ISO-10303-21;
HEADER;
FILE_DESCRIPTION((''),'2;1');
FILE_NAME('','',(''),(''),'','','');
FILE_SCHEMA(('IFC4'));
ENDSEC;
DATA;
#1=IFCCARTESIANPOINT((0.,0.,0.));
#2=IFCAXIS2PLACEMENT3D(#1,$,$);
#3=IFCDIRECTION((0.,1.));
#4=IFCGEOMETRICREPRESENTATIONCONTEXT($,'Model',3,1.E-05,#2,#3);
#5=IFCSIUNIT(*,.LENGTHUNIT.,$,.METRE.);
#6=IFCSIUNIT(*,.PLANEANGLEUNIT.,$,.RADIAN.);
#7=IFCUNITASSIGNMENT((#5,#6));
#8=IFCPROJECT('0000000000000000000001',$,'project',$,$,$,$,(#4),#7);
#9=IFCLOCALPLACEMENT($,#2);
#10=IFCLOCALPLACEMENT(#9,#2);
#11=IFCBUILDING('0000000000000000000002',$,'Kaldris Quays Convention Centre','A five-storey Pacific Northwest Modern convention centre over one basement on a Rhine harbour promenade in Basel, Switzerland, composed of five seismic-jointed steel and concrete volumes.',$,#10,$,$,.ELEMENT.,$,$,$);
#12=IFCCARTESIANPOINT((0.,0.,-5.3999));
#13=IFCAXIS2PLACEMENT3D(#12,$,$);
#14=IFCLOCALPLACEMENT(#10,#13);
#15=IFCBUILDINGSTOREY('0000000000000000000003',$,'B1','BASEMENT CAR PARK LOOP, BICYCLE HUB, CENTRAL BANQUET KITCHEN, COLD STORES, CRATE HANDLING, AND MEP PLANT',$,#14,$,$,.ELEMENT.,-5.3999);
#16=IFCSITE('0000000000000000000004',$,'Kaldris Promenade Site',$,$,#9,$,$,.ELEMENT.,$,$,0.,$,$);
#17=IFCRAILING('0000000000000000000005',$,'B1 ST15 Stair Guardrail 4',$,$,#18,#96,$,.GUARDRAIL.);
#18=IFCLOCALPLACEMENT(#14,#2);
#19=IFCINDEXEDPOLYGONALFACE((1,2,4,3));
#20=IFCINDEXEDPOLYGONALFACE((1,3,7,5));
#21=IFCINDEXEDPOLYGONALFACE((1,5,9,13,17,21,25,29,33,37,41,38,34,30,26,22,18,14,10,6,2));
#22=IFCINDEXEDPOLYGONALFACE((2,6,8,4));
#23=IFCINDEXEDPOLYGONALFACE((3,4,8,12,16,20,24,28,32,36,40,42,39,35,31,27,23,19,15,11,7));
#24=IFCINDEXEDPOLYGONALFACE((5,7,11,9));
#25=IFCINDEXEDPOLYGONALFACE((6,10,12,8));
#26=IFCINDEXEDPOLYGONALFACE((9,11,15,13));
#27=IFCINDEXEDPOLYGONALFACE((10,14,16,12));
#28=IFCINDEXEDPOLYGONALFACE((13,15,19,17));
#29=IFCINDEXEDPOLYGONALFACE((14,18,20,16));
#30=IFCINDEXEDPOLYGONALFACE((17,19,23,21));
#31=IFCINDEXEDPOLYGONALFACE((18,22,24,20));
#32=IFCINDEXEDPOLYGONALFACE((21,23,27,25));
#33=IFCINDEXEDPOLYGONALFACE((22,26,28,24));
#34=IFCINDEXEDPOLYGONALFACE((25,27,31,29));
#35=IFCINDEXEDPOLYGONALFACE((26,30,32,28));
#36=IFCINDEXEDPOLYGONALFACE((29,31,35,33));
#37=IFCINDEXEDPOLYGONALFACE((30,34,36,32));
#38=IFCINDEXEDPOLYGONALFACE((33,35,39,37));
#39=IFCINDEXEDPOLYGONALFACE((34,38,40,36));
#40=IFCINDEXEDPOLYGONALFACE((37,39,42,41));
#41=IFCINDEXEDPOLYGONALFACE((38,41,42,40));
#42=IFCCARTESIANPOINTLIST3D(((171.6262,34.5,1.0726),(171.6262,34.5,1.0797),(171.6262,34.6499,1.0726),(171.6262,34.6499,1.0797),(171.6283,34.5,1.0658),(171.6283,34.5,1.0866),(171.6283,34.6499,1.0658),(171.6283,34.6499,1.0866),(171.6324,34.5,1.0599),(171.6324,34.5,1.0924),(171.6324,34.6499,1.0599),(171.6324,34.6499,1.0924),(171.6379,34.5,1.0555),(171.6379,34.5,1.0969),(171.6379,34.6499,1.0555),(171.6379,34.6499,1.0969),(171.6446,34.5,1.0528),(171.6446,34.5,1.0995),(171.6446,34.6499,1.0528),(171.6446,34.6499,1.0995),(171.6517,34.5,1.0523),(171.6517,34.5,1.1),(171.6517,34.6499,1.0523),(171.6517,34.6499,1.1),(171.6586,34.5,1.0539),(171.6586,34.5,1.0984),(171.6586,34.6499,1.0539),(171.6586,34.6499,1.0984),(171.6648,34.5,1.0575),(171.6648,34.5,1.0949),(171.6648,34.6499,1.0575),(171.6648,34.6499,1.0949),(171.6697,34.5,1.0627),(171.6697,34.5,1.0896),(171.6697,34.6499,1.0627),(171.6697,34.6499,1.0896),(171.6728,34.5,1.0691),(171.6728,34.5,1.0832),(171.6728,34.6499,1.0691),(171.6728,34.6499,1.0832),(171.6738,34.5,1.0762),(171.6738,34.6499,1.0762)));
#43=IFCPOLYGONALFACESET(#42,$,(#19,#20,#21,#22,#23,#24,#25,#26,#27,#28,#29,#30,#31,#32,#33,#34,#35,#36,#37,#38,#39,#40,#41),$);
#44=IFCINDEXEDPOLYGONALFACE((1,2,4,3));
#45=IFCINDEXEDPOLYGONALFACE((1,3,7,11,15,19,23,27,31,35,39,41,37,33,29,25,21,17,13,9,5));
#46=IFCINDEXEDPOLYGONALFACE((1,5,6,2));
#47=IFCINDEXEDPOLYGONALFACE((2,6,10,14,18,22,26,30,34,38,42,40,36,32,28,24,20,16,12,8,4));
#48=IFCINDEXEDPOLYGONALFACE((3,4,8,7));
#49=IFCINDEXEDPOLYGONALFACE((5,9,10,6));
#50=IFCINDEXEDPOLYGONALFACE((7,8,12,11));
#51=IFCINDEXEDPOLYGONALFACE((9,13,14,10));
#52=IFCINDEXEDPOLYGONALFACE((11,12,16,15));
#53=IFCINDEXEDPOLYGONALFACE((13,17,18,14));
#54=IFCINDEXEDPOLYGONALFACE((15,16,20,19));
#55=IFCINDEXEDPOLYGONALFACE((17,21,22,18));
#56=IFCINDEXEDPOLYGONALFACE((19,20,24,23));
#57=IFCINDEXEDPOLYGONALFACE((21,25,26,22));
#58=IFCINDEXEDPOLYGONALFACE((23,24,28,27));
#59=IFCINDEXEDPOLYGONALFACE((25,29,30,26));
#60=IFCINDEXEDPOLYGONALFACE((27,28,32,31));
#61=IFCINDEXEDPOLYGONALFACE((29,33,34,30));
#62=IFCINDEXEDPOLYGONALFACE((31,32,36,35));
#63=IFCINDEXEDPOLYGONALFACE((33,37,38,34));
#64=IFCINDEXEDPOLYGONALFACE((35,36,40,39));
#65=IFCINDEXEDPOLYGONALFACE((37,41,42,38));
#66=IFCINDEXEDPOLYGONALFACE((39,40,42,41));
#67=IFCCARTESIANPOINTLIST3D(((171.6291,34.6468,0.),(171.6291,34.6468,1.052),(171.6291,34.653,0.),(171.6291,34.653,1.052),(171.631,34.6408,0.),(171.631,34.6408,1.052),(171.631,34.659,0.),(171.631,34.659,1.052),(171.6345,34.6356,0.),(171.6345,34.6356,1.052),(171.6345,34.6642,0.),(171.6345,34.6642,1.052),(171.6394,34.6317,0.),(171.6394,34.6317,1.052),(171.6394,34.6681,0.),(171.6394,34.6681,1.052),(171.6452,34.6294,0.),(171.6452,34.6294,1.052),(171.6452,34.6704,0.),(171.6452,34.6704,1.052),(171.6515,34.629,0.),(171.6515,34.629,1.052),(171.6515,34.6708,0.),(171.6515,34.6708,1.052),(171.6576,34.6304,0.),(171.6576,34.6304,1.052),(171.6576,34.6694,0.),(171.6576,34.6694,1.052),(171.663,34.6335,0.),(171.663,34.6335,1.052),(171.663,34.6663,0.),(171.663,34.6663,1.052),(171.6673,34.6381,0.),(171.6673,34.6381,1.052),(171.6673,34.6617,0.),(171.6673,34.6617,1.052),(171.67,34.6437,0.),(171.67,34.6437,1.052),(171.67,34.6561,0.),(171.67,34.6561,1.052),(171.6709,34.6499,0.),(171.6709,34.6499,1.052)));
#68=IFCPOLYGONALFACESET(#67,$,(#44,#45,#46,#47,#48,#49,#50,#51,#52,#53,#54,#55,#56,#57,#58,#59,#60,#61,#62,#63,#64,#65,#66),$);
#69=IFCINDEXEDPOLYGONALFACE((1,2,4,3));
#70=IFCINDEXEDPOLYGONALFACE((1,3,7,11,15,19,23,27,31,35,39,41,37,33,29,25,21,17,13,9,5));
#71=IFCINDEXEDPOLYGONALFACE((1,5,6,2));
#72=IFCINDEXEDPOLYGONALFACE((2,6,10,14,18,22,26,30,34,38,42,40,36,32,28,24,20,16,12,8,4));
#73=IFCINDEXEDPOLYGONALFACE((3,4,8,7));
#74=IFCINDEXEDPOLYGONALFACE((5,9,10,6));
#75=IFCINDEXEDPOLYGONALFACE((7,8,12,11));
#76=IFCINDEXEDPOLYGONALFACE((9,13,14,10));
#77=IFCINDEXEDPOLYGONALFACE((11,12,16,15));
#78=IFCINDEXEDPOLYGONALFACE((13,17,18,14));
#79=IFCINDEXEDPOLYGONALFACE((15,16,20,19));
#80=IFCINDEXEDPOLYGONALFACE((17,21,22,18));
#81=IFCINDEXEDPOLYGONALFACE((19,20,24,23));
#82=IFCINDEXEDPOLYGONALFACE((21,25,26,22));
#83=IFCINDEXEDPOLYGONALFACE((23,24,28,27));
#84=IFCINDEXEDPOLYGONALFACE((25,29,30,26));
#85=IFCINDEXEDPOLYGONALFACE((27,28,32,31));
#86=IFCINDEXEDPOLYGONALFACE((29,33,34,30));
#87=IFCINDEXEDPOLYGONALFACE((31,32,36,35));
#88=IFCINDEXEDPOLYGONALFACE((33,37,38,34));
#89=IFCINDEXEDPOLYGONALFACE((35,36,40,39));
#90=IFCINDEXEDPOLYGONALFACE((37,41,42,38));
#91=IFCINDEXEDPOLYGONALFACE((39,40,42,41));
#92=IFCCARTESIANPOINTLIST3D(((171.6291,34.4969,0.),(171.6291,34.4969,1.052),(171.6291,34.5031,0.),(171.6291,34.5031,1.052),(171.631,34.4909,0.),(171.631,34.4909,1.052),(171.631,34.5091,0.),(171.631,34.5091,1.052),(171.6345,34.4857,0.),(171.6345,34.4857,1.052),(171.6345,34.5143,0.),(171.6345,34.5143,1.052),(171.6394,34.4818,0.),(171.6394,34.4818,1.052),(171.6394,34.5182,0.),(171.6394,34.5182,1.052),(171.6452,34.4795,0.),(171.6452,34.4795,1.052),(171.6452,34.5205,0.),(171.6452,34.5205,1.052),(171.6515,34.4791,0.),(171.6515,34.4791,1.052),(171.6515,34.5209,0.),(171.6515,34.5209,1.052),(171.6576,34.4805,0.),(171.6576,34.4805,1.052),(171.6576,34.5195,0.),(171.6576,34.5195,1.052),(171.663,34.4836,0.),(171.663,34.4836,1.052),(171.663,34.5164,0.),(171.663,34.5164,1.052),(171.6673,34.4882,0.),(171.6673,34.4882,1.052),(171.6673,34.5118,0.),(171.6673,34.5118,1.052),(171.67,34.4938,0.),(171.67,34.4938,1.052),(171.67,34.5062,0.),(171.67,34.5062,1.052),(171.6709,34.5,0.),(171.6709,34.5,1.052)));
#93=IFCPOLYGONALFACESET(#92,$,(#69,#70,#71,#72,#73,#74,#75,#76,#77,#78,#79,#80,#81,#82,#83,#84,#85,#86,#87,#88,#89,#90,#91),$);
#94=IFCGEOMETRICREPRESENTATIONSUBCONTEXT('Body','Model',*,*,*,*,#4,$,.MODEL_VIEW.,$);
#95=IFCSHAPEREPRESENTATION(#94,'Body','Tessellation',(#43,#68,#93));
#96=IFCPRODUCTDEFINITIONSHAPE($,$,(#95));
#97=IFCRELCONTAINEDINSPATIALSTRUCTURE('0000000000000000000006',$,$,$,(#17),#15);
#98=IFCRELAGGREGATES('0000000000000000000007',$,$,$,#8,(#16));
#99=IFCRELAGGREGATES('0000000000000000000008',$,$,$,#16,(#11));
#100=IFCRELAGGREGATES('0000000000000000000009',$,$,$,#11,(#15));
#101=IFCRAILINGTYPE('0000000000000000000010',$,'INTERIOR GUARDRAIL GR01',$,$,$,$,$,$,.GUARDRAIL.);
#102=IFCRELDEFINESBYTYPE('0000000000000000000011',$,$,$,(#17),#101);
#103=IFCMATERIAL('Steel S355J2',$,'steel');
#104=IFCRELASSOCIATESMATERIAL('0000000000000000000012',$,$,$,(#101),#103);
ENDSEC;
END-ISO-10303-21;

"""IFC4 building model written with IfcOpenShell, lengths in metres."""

from ifc_helpers import new_model, si_unit, direction, frame, origin, origin_2d, place, context, subcontext, project, spatial, circle, extrude, material, type_object, element, save


model = new_model("IFC4")

# Units and contexts
model_context = context("Model", 3, precision=1e-05, world=origin(), true_north=direction((0.0, 1.0)))
body_context = subcontext(model_context, "Body", "Model", "MODEL_VIEW")
ifc_project = project(units=[si_unit("LENGTHUNIT", "METRE"), si_unit("PLANEANGLEUNIT", "RADIAN")], contexts=[model_context])

# Site, building, storey
site_placement = place(None, origin())
site = spatial("IfcSite", under=ifc_project, at=site_placement, Name="Kaldris Promenade Site", CompositionType="ELEMENT", RefElevation=0.0)
building_placement = place(site_placement, origin())
building = spatial("IfcBuilding", under=site, at=building_placement, Name="Kaldris Quays Convention Centre", Description="A five-storey Pacific Northwest Modern convention centre over one basement on a Rhine harbour promenade in Basel, Switzerland, composed of five seismic-jointed steel and concrete volumes.", CompositionType="ELEMENT")
storey_placement = place(building_placement, frame((0.0, 0.0, -5.3999)))
storey = spatial("IfcBuildingStorey", under=building, at=storey_placement, Name="B1", Description="BASEMENT CAR PARK LOOP, BICYCLE HUB, CENTRAL BANQUET KITCHEN, COLD STORES, CRATE HANDLING, AND MEP PLANT", CompositionType="ELEMENT", Elevation=-5.3999)

# Shared definitions
ifc_material_1 = material(Name="Steel S355J2", Category="steel")

# Railing
railing_type_1 = type_object("IfcRailingType", Name="INTERIOR GUARDRAIL GR01", PredefinedType="GUARDRAIL", material=ifc_material_1)
railing_1_placement = place(storey_placement, frame((171.6499, 34.6499, 0.0)))
element("IfcRailing", 1, at=railing_1_placement, inside=storey, type_object=railing_type_1, Name="B1 ST15 Stair Guardrail 4", PredefinedType="GUARDRAIL", context=body_context, shape_type="SweptSolid", body=[
    extrude(circle(Radius=0.0239, at=origin_2d()), frame((0.0, 0.0, 1.0762), z_axis=(0.0, -1.0, 0.0), x_axis=(1.0, 0.0, 0.0)), (0.0, 0.0, 1.0), 0.1499),
    extrude(circle(Radius=0.021, at=origin_2d()), origin(), (0.0, 0.0, 1.0), 1.052),
    extrude(circle(Radius=0.021, at=origin_2d()), frame((0.0, -0.1499, 0.0)), (0.0, 0.0, 1.0), 1.052),
])

save(model, "model.ifc")
